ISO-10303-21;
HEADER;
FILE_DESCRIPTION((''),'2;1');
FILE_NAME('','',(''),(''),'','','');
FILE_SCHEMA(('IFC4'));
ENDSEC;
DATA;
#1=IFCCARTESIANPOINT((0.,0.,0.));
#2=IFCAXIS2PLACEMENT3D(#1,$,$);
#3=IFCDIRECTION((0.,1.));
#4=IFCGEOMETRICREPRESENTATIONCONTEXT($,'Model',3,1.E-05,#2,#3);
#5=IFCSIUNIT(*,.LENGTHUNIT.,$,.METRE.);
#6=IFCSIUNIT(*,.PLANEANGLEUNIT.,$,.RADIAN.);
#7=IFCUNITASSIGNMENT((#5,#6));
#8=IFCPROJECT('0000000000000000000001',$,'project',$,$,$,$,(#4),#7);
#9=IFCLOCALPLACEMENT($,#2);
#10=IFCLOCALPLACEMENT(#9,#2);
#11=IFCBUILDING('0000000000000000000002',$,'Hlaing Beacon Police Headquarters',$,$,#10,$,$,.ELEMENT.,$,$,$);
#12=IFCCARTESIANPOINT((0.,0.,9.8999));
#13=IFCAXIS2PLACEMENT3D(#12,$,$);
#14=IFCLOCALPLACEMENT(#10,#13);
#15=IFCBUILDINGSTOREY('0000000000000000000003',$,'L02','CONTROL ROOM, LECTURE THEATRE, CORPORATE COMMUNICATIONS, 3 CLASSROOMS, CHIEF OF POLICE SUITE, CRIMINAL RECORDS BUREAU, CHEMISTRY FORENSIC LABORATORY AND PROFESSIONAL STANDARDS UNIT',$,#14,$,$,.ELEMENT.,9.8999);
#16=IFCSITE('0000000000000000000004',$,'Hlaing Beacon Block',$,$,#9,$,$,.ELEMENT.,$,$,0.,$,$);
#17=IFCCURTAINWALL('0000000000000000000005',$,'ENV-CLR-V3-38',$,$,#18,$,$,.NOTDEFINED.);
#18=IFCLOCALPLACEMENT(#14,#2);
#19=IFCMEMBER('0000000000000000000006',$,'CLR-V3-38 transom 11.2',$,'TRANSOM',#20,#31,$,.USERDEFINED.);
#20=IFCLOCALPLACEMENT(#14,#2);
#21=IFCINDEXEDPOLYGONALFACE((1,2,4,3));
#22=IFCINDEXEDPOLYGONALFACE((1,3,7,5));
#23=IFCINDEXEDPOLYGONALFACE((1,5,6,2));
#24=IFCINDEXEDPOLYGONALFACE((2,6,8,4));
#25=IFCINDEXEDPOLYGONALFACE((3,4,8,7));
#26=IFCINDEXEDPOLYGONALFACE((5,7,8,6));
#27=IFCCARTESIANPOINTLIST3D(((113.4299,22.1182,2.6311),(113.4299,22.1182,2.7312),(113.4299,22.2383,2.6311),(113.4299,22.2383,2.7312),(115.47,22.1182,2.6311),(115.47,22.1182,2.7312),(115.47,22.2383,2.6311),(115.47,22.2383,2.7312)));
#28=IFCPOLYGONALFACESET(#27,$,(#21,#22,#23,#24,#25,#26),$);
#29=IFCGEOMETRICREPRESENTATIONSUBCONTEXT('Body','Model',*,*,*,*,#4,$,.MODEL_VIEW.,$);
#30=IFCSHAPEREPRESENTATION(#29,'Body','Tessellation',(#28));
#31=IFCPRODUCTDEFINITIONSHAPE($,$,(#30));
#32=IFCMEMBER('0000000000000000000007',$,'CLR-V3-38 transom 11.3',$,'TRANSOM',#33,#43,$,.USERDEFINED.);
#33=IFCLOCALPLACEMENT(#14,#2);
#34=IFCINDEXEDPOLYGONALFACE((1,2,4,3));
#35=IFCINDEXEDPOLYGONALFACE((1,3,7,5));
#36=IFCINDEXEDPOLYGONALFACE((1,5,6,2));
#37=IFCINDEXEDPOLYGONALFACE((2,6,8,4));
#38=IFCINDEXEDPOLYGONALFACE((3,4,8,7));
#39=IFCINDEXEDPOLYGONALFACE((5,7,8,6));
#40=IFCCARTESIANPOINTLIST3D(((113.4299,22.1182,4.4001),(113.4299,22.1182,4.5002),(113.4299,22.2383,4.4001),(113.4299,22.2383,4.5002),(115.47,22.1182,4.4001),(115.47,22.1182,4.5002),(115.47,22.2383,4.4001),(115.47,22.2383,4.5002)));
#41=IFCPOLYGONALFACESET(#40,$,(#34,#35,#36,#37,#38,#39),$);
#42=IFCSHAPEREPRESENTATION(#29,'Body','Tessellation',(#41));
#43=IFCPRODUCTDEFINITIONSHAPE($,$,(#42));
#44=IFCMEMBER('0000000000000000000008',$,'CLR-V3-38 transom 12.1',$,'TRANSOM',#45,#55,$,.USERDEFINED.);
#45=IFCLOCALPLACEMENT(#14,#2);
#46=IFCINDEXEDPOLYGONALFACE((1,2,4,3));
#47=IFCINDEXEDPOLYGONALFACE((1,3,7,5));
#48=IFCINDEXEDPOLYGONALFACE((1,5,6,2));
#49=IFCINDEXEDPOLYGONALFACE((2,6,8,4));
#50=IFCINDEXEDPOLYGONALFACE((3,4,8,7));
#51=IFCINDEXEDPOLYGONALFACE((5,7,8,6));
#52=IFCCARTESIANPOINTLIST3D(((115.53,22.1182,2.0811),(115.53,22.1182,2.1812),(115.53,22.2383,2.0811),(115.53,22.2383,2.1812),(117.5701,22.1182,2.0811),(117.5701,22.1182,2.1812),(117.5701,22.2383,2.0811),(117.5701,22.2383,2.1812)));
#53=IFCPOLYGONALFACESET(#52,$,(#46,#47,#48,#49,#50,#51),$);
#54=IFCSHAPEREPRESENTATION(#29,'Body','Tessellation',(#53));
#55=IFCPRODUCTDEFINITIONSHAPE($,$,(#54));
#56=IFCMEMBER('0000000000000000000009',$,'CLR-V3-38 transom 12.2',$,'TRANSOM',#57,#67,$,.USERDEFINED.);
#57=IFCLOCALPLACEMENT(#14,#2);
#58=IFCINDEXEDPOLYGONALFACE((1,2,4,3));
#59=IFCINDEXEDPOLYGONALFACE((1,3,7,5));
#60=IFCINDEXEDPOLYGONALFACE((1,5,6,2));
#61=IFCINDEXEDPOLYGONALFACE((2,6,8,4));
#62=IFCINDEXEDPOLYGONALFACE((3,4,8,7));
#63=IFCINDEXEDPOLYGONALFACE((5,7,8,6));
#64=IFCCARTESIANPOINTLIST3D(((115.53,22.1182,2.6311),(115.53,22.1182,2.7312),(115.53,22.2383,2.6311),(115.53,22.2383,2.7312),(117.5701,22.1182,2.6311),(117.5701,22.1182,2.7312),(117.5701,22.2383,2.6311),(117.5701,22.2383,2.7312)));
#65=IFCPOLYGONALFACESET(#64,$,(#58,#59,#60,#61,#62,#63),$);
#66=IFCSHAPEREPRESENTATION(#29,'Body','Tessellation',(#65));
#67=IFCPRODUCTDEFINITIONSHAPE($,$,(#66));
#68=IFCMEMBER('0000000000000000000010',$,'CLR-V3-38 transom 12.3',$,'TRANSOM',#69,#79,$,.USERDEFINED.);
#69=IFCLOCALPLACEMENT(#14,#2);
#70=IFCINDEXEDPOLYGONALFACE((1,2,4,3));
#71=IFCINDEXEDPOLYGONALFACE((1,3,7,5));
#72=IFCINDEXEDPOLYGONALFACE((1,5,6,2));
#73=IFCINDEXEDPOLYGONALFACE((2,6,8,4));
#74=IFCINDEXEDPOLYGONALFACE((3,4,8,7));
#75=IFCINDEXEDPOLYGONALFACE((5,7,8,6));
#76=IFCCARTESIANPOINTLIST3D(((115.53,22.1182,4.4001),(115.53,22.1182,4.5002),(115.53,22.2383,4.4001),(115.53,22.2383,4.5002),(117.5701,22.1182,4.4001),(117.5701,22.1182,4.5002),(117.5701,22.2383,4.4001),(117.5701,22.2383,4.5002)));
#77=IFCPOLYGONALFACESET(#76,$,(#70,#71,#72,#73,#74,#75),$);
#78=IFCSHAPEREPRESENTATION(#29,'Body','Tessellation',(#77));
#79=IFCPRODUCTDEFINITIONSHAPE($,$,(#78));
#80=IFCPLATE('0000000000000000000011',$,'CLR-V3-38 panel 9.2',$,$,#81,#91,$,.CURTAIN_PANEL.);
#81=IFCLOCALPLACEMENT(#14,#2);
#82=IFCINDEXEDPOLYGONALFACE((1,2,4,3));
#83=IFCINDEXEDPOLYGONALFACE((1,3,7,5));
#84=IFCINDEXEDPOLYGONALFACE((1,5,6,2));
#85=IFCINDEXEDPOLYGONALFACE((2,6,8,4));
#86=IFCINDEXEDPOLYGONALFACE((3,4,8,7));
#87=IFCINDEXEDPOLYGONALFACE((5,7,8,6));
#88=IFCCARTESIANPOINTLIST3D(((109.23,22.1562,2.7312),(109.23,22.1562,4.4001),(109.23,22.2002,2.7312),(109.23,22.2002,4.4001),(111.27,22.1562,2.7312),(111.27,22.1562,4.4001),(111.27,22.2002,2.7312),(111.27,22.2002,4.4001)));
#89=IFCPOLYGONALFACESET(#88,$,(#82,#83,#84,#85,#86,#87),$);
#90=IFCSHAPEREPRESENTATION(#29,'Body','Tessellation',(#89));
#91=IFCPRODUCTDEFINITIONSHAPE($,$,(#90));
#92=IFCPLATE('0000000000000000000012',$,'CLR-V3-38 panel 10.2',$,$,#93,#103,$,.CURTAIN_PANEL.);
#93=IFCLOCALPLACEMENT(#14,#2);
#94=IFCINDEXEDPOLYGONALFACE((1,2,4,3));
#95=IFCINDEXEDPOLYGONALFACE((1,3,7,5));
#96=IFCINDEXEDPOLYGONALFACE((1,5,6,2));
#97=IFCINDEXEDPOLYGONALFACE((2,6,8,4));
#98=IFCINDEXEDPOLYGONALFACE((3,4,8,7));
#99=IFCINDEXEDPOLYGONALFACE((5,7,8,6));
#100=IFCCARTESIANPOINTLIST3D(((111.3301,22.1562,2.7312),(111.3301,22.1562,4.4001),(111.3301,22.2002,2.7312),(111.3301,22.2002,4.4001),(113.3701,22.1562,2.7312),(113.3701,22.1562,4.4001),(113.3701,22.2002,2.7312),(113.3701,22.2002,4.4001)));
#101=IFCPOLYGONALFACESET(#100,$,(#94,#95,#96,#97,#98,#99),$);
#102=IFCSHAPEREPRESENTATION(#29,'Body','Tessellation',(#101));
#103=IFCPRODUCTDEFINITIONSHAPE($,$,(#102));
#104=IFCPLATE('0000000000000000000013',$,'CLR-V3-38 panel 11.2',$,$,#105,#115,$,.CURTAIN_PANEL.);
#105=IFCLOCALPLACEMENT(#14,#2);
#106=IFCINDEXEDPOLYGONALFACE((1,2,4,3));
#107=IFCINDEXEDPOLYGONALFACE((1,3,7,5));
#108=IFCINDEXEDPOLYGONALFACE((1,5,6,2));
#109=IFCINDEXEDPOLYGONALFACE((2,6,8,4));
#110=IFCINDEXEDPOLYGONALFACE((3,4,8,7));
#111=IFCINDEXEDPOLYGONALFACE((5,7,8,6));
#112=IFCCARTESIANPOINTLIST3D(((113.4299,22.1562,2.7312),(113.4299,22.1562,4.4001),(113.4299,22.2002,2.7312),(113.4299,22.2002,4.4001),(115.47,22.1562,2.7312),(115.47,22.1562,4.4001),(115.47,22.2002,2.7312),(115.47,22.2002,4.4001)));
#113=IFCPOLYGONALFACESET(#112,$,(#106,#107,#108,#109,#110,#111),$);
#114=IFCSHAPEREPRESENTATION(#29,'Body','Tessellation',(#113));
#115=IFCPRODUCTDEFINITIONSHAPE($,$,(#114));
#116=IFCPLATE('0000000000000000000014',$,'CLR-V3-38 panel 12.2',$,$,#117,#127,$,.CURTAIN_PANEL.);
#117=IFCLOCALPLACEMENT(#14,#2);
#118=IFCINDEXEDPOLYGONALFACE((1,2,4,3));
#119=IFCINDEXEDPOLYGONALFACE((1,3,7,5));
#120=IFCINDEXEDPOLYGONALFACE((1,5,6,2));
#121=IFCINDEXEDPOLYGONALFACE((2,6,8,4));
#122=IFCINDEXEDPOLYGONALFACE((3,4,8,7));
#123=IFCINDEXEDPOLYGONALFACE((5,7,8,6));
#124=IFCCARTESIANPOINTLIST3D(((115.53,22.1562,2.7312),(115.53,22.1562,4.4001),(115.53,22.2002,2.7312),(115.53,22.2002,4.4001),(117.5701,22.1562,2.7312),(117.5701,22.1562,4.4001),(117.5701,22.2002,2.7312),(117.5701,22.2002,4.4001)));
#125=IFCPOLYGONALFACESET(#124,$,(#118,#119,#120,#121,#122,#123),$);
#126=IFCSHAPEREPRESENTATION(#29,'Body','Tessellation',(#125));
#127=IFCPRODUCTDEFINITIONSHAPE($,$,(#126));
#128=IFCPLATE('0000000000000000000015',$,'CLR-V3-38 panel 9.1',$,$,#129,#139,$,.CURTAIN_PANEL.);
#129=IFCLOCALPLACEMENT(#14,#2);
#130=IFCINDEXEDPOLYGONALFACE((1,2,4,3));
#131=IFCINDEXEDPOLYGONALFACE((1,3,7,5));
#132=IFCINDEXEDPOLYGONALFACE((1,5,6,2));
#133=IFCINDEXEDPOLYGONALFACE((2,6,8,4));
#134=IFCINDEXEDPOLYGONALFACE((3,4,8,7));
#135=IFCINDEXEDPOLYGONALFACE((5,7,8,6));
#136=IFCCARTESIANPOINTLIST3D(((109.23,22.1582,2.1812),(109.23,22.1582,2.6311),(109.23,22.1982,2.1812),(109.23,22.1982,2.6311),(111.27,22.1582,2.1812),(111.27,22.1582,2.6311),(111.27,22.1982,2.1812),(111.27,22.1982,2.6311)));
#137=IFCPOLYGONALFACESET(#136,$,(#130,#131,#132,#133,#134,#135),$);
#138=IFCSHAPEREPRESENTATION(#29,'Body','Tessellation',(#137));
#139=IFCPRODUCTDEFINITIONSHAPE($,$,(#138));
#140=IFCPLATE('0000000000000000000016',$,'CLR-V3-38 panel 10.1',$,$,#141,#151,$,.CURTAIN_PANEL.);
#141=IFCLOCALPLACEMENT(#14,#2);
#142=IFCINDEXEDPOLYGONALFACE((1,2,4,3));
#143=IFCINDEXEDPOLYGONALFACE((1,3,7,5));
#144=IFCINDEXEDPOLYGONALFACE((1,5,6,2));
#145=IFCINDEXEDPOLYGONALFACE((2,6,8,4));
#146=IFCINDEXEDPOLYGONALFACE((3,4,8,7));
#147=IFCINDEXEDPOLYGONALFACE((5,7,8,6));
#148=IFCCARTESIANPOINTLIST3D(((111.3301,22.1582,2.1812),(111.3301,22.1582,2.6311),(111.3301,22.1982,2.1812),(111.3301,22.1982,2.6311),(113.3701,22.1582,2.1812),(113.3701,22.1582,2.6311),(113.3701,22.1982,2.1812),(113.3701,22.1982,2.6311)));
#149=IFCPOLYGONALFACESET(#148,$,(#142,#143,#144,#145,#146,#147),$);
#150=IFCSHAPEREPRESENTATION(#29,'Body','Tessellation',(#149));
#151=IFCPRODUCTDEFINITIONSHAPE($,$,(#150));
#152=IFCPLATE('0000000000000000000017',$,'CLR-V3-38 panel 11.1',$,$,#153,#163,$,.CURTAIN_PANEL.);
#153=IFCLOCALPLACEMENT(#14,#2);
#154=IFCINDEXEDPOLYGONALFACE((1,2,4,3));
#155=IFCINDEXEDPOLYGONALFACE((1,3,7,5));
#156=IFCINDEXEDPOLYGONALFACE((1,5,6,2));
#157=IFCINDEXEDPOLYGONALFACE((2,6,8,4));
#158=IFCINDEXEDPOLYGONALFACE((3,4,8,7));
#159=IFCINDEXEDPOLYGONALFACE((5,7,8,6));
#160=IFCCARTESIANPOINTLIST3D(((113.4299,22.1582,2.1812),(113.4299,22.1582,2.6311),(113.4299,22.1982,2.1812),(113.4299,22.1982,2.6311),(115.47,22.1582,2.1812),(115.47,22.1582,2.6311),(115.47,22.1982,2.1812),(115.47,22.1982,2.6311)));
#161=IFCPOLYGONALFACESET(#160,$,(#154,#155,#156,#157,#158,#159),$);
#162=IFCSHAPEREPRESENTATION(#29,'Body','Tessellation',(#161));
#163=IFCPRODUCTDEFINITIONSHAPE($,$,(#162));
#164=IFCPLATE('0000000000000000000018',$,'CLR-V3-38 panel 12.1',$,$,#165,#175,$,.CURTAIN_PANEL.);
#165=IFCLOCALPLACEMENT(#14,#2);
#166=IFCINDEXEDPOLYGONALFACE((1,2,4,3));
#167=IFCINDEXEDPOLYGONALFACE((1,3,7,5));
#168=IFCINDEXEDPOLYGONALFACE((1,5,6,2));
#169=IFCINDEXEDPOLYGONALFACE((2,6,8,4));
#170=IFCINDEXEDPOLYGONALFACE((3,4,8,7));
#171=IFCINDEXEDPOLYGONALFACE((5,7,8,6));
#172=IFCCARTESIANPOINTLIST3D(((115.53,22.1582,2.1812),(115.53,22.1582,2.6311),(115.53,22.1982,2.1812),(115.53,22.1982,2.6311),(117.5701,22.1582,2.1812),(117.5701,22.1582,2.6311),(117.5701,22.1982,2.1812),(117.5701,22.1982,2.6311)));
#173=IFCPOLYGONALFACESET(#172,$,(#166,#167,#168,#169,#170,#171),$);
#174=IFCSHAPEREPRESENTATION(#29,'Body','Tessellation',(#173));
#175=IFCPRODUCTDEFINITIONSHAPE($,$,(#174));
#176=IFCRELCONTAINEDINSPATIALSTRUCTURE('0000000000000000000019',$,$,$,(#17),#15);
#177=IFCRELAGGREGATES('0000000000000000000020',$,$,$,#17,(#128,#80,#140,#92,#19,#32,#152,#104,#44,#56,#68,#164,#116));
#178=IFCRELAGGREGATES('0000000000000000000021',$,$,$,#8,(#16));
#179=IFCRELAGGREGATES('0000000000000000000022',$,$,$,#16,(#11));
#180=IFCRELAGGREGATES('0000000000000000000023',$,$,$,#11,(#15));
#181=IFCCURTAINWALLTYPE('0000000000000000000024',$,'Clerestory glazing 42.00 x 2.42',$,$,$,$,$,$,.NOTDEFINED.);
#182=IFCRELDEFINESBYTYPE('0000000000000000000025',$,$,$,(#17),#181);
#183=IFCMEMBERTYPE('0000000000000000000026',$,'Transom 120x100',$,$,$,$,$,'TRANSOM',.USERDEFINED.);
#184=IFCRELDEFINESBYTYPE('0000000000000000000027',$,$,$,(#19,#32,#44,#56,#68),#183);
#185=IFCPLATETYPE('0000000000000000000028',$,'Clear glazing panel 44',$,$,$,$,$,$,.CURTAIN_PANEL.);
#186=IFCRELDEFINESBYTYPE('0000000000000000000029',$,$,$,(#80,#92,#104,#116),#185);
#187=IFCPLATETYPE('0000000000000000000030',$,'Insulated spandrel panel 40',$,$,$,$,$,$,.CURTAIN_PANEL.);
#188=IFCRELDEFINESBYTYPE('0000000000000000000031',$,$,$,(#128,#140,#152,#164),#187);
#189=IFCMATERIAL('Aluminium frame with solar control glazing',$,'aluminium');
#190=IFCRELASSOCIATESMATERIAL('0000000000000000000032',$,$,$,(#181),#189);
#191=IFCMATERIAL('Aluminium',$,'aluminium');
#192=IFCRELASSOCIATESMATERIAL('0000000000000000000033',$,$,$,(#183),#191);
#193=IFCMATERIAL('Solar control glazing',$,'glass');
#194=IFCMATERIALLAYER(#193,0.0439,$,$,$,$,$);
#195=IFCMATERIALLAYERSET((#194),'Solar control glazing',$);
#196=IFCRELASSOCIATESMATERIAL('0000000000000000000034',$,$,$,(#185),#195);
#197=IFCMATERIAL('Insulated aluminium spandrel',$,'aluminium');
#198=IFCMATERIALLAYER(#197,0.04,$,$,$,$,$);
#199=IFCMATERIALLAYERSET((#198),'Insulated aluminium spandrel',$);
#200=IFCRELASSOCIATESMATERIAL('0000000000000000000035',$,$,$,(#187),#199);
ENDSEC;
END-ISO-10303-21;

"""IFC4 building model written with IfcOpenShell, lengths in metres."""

from ifc_helpers import new_model, si_unit, direction, frame, origin, origin_2d, place, context, subcontext, project, spatial, rectangle, extrude, material, layer, layer_set, material_profile, profile_set, type_object, element, aggregate, save


model = new_model("IFC4")

# Units and contexts
model_context = context("Model", 3, precision=1e-05, world=origin(), true_north=direction((0.0, 1.0)))
body_context = subcontext(model_context, "Body", "Model", "MODEL_VIEW")
ifc_project = project(units=[si_unit("LENGTHUNIT", "METRE"), si_unit("PLANEANGLEUNIT", "RADIAN")], contexts=[model_context])

# Site, building, storey
site_placement = place(None, origin())
site = spatial("IfcSite", under=ifc_project, at=site_placement, Name="Hlaing Beacon Block", CompositionType="ELEMENT", RefElevation=0.0)
building_placement = place(site_placement, origin())
building = spatial("IfcBuilding", under=site, at=building_placement, Name="Hlaing Beacon Police Headquarters", CompositionType="ELEMENT")
storey_placement = place(building_placement, frame((0.0, 0.0, 9.8999)))
storey = spatial("IfcBuildingStorey", under=building, at=storey_placement, Name="L02", Description="CONTROL ROOM, LECTURE THEATRE, CORPORATE COMMUNICATIONS, 3 CLASSROOMS, CHIEF OF POLICE SUITE, CRIMINAL RECORDS BUREAU, CHEMISTRY FORENSIC LABORATORY AND PROFESSIONAL STANDARDS UNIT", CompositionType="ELEMENT", Elevation=9.8999)

# Curtain wall
ifc_material_1 = material(Name="Aluminium frame with solar control glazing", Category="aluminium")
curtain_wall_type = type_object("IfcCurtainWallType", Name="Clerestory glazing 42.00 x 2.42", PredefinedType="NOTDEFINED", material=ifc_material_1)
curtain_wall_placement = place(storey_placement, origin())
curtain_wall = element("IfcCurtainWall", 1, at=curtain_wall_placement, inside=storey, type_object=curtain_wall_type, Name="ENV-CLR-V3-38", PredefinedType="NOTDEFINED")

# Members
ifc_material_2 = material(Name="Aluminium", Category="aluminium")
ifc_material_profile_1 = material_profile(ifc_material_2, rectangle(XDim=0.1201, YDim=0.1001, at=origin_2d()), Name="Transom 120x100")
ifc_profile_set_1 = profile_set([ifc_material_profile_1], Name="Aluminium")
member_type_1 = type_object("IfcMemberType", Name="Transom 120x100", ElementType="TRANSOM", PredefinedType="USERDEFINED", material=ifc_profile_set_1)
member_1_placement = place(storey_placement, frame((113.4299, 22.1782, 2.6812), z_axis=(1.0, 0.0, 0.0), x_axis=(0.0, 1.0, 0.0)))
member_1 = element("IfcMember", 2, at=member_1_placement, type_object=member_type_1, Name="CLR-V3-38 transom 11.2", ObjectType="TRANSOM", PredefinedType="USERDEFINED", context=body_context, shape_type="SweptSolid", body=[
    extrude(rectangle(XDim=0.1201, YDim=0.1001, at=origin_2d()), origin(), (0.0, 0.0, 1.0), 2.04),
])
member_2_placement = place(storey_placement, frame((113.4299, 22.1782, 4.4502), z_axis=(1.0, 0.0, 0.0), x_axis=(0.0, 1.0, 0.0)))
member_2 = element("IfcMember", 3, at=member_2_placement, type_object=member_type_1, Name="CLR-V3-38 transom 11.3", ObjectType="TRANSOM", PredefinedType="USERDEFINED", context=body_context, shape_type="SweptSolid", body=[
    extrude(rectangle(XDim=0.1201, YDim=0.1001, at=origin_2d()), origin(), (0.0, 0.0, 1.0), 2.04),
])
member_3_placement = place(storey_placement, frame((115.53, 22.1782, 2.1311), z_axis=(1.0, 0.0, 0.0), x_axis=(0.0, 1.0, 0.0)))
member_3 = element("IfcMember", 4, at=member_3_placement, type_object=member_type_1, Name="CLR-V3-38 transom 12.1", ObjectType="TRANSOM", PredefinedType="USERDEFINED", context=body_context, shape_type="SweptSolid", body=[
    extrude(rectangle(XDim=0.1201, YDim=0.1001, at=origin_2d()), origin(), (0.0, 0.0, 1.0), 2.04),
])
member_4_placement = place(storey_placement, frame((115.53, 22.1782, 2.6812), z_axis=(1.0, 0.0, 0.0), x_axis=(0.0, 1.0, 0.0)))
member_4 = element("IfcMember", 5, at=member_4_placement, type_object=member_type_1, Name="CLR-V3-38 transom 12.2", ObjectType="TRANSOM", PredefinedType="USERDEFINED", context=body_context, shape_type="SweptSolid", body=[
    extrude(rectangle(XDim=0.1201, YDim=0.1001, at=origin_2d()), origin(), (0.0, 0.0, 1.0), 2.04),
])
member_5_placement = place(storey_placement, frame((115.53, 22.1782, 4.4502), z_axis=(1.0, 0.0, 0.0), x_axis=(0.0, 1.0, 0.0)))
member_5 = element("IfcMember", 6, at=member_5_placement, type_object=member_type_1, Name="CLR-V3-38 transom 12.3", ObjectType="TRANSOM", PredefinedType="USERDEFINED", context=body_context, shape_type="SweptSolid", body=[
    extrude(rectangle(XDim=0.1201, YDim=0.1001, at=origin_2d()), origin(), (0.0, 0.0, 1.0), 2.04),
])

# Plates
ifc_material_3 = material(Name="Solar control glazing", Category="glass")
ifc_layer_1 = layer(ifc_material_3, 0.0439)
ifc_layer_set_1 = layer_set([ifc_layer_1], Name="Solar control glazing")
plate_type_1 = type_object("IfcPlateType", Name="Clear glazing panel 44", PredefinedType="CURTAIN_PANEL", material=ifc_layer_set_1)
plate_1_placement = place(storey_placement, frame((110.25, 22.1782, 2.7312), z_axis=(0.0, 0.0, 1.0), x_axis=(1.0, 0.0, 0.0)))
plate_1 = element("IfcPlate", 7, at=plate_1_placement, type_object=plate_type_1, Name="CLR-V3-38 panel 9.2", PredefinedType="CURTAIN_PANEL", context=body_context, shape_type="SweptSolid", body=[
    extrude(rectangle(XDim=2.04, YDim=0.0439, at=origin_2d()), origin(), (0.0, 0.0, 1.0), 1.6689),
])
plate_2_placement = place(storey_placement, frame((112.3501, 22.1782, 2.7312), z_axis=(0.0, 0.0, 1.0), x_axis=(1.0, 0.0, 0.0)))
plate_2 = element("IfcPlate", 8, at=plate_2_placement, type_object=plate_type_1, Name="CLR-V3-38 panel 10.2", PredefinedType="CURTAIN_PANEL", context=body_context, shape_type="SweptSolid", body=[
    extrude(rectangle(XDim=2.04, YDim=0.0439, at=origin_2d()), origin(), (0.0, 0.0, 1.0), 1.6689),
])
plate_3_placement = place(storey_placement, frame((114.45, 22.1782, 2.7312), z_axis=(0.0, 0.0, 1.0), x_axis=(1.0, 0.0, 0.0)))
plate_3 = element("IfcPlate", 9, at=plate_3_placement, type_object=plate_type_1, Name="CLR-V3-38 panel 11.2", PredefinedType="CURTAIN_PANEL", context=body_context, shape_type="SweptSolid", body=[
    extrude(rectangle(XDim=2.04, YDim=0.0439, at=origin_2d()), origin(), (0.0, 0.0, 1.0), 1.6689),
])
plate_4_placement = place(storey_placement, frame((116.55, 22.1782, 2.7312), z_axis=(0.0, 0.0, 1.0), x_axis=(1.0, 0.0, 0.0)))
plate_4 = element("IfcPlate", 10, at=plate_4_placement, type_object=plate_type_1, Name="CLR-V3-38 panel 12.2", PredefinedType="CURTAIN_PANEL", context=body_context, shape_type="SweptSolid", body=[
    extrude(rectangle(XDim=2.04, YDim=0.0439, at=origin_2d()), origin(), (0.0, 0.0, 1.0), 1.6689),
])
ifc_material_4 = material(Name="Insulated aluminium spandrel", Category="aluminium")
ifc_layer_2 = layer(ifc_material_4, 0.04)
ifc_layer_set_2 = layer_set([ifc_layer_2], Name="Insulated aluminium spandrel")
plate_type_2 = type_object("IfcPlateType", Name="Insulated spandrel panel 40", PredefinedType="CURTAIN_PANEL", material=ifc_layer_set_2)
plate_5_placement = place(storey_placement, frame((110.25, 22.1782, 2.1812), z_axis=(0.0, 0.0, 1.0), x_axis=(1.0, 0.0, 0.0)))
plate_5 = element("IfcPlate", 11, at=plate_5_placement, type_object=plate_type_2, Name="CLR-V3-38 panel 9.1", PredefinedType="CURTAIN_PANEL", context=body_context, shape_type="SweptSolid", body=[
    extrude(rectangle(XDim=2.04, YDim=0.04, at=origin_2d()), origin(), (0.0, 0.0, 1.0), 0.45),
])
plate_6_placement = place(storey_placement, frame((112.3501, 22.1782, 2.1812), z_axis=(0.0, 0.0, 1.0), x_axis=(1.0, 0.0, 0.0)))
plate_6 = element("IfcPlate", 12, at=plate_6_placement, type_object=plate_type_2, Name="CLR-V3-38 panel 10.1", PredefinedType="CURTAIN_PANEL", context=body_context, shape_type="SweptSolid", body=[
    extrude(rectangle(XDim=2.04, YDim=0.04, at=origin_2d()), origin(), (0.0, 0.0, 1.0), 0.45),
])
plate_7_placement = place(storey_placement, frame((114.45, 22.1782, 2.1812), z_axis=(0.0, 0.0, 1.0), x_axis=(1.0, 0.0, 0.0)))
plate_7 = element("IfcPlate", 13, at=plate_7_placement, type_object=plate_type_2, Name="CLR-V3-38 panel 11.1", PredefinedType="CURTAIN_PANEL", context=body_context, shape_type="SweptSolid", body=[
    extrude(rectangle(XDim=2.04, YDim=0.04, at=origin_2d()), origin(), (0.0, 0.0, 1.0), 0.45),
])
plate_8_placement = place(storey_placement, frame((116.55, 22.1782, 2.1812), z_axis=(0.0, 0.0, 1.0), x_axis=(1.0, 0.0, 0.0)))
plate_8 = element("IfcPlate", 14, at=plate_8_placement, type_object=plate_type_2, Name="CLR-V3-38 panel 12.1", PredefinedType="CURTAIN_PANEL", context=body_context, shape_type="SweptSolid", body=[
    extrude(rectangle(XDim=2.04, YDim=0.04, at=origin_2d()), origin(), (0.0, 0.0, 1.0), 0.45),
])
aggregate(curtain_wall, [plate_5, plate_1, plate_6, plate_2, member_1, member_2, plate_7, plate_3, member_3, member_4, member_5, plate_8, plate_4])

save(model, "model.ifc")
